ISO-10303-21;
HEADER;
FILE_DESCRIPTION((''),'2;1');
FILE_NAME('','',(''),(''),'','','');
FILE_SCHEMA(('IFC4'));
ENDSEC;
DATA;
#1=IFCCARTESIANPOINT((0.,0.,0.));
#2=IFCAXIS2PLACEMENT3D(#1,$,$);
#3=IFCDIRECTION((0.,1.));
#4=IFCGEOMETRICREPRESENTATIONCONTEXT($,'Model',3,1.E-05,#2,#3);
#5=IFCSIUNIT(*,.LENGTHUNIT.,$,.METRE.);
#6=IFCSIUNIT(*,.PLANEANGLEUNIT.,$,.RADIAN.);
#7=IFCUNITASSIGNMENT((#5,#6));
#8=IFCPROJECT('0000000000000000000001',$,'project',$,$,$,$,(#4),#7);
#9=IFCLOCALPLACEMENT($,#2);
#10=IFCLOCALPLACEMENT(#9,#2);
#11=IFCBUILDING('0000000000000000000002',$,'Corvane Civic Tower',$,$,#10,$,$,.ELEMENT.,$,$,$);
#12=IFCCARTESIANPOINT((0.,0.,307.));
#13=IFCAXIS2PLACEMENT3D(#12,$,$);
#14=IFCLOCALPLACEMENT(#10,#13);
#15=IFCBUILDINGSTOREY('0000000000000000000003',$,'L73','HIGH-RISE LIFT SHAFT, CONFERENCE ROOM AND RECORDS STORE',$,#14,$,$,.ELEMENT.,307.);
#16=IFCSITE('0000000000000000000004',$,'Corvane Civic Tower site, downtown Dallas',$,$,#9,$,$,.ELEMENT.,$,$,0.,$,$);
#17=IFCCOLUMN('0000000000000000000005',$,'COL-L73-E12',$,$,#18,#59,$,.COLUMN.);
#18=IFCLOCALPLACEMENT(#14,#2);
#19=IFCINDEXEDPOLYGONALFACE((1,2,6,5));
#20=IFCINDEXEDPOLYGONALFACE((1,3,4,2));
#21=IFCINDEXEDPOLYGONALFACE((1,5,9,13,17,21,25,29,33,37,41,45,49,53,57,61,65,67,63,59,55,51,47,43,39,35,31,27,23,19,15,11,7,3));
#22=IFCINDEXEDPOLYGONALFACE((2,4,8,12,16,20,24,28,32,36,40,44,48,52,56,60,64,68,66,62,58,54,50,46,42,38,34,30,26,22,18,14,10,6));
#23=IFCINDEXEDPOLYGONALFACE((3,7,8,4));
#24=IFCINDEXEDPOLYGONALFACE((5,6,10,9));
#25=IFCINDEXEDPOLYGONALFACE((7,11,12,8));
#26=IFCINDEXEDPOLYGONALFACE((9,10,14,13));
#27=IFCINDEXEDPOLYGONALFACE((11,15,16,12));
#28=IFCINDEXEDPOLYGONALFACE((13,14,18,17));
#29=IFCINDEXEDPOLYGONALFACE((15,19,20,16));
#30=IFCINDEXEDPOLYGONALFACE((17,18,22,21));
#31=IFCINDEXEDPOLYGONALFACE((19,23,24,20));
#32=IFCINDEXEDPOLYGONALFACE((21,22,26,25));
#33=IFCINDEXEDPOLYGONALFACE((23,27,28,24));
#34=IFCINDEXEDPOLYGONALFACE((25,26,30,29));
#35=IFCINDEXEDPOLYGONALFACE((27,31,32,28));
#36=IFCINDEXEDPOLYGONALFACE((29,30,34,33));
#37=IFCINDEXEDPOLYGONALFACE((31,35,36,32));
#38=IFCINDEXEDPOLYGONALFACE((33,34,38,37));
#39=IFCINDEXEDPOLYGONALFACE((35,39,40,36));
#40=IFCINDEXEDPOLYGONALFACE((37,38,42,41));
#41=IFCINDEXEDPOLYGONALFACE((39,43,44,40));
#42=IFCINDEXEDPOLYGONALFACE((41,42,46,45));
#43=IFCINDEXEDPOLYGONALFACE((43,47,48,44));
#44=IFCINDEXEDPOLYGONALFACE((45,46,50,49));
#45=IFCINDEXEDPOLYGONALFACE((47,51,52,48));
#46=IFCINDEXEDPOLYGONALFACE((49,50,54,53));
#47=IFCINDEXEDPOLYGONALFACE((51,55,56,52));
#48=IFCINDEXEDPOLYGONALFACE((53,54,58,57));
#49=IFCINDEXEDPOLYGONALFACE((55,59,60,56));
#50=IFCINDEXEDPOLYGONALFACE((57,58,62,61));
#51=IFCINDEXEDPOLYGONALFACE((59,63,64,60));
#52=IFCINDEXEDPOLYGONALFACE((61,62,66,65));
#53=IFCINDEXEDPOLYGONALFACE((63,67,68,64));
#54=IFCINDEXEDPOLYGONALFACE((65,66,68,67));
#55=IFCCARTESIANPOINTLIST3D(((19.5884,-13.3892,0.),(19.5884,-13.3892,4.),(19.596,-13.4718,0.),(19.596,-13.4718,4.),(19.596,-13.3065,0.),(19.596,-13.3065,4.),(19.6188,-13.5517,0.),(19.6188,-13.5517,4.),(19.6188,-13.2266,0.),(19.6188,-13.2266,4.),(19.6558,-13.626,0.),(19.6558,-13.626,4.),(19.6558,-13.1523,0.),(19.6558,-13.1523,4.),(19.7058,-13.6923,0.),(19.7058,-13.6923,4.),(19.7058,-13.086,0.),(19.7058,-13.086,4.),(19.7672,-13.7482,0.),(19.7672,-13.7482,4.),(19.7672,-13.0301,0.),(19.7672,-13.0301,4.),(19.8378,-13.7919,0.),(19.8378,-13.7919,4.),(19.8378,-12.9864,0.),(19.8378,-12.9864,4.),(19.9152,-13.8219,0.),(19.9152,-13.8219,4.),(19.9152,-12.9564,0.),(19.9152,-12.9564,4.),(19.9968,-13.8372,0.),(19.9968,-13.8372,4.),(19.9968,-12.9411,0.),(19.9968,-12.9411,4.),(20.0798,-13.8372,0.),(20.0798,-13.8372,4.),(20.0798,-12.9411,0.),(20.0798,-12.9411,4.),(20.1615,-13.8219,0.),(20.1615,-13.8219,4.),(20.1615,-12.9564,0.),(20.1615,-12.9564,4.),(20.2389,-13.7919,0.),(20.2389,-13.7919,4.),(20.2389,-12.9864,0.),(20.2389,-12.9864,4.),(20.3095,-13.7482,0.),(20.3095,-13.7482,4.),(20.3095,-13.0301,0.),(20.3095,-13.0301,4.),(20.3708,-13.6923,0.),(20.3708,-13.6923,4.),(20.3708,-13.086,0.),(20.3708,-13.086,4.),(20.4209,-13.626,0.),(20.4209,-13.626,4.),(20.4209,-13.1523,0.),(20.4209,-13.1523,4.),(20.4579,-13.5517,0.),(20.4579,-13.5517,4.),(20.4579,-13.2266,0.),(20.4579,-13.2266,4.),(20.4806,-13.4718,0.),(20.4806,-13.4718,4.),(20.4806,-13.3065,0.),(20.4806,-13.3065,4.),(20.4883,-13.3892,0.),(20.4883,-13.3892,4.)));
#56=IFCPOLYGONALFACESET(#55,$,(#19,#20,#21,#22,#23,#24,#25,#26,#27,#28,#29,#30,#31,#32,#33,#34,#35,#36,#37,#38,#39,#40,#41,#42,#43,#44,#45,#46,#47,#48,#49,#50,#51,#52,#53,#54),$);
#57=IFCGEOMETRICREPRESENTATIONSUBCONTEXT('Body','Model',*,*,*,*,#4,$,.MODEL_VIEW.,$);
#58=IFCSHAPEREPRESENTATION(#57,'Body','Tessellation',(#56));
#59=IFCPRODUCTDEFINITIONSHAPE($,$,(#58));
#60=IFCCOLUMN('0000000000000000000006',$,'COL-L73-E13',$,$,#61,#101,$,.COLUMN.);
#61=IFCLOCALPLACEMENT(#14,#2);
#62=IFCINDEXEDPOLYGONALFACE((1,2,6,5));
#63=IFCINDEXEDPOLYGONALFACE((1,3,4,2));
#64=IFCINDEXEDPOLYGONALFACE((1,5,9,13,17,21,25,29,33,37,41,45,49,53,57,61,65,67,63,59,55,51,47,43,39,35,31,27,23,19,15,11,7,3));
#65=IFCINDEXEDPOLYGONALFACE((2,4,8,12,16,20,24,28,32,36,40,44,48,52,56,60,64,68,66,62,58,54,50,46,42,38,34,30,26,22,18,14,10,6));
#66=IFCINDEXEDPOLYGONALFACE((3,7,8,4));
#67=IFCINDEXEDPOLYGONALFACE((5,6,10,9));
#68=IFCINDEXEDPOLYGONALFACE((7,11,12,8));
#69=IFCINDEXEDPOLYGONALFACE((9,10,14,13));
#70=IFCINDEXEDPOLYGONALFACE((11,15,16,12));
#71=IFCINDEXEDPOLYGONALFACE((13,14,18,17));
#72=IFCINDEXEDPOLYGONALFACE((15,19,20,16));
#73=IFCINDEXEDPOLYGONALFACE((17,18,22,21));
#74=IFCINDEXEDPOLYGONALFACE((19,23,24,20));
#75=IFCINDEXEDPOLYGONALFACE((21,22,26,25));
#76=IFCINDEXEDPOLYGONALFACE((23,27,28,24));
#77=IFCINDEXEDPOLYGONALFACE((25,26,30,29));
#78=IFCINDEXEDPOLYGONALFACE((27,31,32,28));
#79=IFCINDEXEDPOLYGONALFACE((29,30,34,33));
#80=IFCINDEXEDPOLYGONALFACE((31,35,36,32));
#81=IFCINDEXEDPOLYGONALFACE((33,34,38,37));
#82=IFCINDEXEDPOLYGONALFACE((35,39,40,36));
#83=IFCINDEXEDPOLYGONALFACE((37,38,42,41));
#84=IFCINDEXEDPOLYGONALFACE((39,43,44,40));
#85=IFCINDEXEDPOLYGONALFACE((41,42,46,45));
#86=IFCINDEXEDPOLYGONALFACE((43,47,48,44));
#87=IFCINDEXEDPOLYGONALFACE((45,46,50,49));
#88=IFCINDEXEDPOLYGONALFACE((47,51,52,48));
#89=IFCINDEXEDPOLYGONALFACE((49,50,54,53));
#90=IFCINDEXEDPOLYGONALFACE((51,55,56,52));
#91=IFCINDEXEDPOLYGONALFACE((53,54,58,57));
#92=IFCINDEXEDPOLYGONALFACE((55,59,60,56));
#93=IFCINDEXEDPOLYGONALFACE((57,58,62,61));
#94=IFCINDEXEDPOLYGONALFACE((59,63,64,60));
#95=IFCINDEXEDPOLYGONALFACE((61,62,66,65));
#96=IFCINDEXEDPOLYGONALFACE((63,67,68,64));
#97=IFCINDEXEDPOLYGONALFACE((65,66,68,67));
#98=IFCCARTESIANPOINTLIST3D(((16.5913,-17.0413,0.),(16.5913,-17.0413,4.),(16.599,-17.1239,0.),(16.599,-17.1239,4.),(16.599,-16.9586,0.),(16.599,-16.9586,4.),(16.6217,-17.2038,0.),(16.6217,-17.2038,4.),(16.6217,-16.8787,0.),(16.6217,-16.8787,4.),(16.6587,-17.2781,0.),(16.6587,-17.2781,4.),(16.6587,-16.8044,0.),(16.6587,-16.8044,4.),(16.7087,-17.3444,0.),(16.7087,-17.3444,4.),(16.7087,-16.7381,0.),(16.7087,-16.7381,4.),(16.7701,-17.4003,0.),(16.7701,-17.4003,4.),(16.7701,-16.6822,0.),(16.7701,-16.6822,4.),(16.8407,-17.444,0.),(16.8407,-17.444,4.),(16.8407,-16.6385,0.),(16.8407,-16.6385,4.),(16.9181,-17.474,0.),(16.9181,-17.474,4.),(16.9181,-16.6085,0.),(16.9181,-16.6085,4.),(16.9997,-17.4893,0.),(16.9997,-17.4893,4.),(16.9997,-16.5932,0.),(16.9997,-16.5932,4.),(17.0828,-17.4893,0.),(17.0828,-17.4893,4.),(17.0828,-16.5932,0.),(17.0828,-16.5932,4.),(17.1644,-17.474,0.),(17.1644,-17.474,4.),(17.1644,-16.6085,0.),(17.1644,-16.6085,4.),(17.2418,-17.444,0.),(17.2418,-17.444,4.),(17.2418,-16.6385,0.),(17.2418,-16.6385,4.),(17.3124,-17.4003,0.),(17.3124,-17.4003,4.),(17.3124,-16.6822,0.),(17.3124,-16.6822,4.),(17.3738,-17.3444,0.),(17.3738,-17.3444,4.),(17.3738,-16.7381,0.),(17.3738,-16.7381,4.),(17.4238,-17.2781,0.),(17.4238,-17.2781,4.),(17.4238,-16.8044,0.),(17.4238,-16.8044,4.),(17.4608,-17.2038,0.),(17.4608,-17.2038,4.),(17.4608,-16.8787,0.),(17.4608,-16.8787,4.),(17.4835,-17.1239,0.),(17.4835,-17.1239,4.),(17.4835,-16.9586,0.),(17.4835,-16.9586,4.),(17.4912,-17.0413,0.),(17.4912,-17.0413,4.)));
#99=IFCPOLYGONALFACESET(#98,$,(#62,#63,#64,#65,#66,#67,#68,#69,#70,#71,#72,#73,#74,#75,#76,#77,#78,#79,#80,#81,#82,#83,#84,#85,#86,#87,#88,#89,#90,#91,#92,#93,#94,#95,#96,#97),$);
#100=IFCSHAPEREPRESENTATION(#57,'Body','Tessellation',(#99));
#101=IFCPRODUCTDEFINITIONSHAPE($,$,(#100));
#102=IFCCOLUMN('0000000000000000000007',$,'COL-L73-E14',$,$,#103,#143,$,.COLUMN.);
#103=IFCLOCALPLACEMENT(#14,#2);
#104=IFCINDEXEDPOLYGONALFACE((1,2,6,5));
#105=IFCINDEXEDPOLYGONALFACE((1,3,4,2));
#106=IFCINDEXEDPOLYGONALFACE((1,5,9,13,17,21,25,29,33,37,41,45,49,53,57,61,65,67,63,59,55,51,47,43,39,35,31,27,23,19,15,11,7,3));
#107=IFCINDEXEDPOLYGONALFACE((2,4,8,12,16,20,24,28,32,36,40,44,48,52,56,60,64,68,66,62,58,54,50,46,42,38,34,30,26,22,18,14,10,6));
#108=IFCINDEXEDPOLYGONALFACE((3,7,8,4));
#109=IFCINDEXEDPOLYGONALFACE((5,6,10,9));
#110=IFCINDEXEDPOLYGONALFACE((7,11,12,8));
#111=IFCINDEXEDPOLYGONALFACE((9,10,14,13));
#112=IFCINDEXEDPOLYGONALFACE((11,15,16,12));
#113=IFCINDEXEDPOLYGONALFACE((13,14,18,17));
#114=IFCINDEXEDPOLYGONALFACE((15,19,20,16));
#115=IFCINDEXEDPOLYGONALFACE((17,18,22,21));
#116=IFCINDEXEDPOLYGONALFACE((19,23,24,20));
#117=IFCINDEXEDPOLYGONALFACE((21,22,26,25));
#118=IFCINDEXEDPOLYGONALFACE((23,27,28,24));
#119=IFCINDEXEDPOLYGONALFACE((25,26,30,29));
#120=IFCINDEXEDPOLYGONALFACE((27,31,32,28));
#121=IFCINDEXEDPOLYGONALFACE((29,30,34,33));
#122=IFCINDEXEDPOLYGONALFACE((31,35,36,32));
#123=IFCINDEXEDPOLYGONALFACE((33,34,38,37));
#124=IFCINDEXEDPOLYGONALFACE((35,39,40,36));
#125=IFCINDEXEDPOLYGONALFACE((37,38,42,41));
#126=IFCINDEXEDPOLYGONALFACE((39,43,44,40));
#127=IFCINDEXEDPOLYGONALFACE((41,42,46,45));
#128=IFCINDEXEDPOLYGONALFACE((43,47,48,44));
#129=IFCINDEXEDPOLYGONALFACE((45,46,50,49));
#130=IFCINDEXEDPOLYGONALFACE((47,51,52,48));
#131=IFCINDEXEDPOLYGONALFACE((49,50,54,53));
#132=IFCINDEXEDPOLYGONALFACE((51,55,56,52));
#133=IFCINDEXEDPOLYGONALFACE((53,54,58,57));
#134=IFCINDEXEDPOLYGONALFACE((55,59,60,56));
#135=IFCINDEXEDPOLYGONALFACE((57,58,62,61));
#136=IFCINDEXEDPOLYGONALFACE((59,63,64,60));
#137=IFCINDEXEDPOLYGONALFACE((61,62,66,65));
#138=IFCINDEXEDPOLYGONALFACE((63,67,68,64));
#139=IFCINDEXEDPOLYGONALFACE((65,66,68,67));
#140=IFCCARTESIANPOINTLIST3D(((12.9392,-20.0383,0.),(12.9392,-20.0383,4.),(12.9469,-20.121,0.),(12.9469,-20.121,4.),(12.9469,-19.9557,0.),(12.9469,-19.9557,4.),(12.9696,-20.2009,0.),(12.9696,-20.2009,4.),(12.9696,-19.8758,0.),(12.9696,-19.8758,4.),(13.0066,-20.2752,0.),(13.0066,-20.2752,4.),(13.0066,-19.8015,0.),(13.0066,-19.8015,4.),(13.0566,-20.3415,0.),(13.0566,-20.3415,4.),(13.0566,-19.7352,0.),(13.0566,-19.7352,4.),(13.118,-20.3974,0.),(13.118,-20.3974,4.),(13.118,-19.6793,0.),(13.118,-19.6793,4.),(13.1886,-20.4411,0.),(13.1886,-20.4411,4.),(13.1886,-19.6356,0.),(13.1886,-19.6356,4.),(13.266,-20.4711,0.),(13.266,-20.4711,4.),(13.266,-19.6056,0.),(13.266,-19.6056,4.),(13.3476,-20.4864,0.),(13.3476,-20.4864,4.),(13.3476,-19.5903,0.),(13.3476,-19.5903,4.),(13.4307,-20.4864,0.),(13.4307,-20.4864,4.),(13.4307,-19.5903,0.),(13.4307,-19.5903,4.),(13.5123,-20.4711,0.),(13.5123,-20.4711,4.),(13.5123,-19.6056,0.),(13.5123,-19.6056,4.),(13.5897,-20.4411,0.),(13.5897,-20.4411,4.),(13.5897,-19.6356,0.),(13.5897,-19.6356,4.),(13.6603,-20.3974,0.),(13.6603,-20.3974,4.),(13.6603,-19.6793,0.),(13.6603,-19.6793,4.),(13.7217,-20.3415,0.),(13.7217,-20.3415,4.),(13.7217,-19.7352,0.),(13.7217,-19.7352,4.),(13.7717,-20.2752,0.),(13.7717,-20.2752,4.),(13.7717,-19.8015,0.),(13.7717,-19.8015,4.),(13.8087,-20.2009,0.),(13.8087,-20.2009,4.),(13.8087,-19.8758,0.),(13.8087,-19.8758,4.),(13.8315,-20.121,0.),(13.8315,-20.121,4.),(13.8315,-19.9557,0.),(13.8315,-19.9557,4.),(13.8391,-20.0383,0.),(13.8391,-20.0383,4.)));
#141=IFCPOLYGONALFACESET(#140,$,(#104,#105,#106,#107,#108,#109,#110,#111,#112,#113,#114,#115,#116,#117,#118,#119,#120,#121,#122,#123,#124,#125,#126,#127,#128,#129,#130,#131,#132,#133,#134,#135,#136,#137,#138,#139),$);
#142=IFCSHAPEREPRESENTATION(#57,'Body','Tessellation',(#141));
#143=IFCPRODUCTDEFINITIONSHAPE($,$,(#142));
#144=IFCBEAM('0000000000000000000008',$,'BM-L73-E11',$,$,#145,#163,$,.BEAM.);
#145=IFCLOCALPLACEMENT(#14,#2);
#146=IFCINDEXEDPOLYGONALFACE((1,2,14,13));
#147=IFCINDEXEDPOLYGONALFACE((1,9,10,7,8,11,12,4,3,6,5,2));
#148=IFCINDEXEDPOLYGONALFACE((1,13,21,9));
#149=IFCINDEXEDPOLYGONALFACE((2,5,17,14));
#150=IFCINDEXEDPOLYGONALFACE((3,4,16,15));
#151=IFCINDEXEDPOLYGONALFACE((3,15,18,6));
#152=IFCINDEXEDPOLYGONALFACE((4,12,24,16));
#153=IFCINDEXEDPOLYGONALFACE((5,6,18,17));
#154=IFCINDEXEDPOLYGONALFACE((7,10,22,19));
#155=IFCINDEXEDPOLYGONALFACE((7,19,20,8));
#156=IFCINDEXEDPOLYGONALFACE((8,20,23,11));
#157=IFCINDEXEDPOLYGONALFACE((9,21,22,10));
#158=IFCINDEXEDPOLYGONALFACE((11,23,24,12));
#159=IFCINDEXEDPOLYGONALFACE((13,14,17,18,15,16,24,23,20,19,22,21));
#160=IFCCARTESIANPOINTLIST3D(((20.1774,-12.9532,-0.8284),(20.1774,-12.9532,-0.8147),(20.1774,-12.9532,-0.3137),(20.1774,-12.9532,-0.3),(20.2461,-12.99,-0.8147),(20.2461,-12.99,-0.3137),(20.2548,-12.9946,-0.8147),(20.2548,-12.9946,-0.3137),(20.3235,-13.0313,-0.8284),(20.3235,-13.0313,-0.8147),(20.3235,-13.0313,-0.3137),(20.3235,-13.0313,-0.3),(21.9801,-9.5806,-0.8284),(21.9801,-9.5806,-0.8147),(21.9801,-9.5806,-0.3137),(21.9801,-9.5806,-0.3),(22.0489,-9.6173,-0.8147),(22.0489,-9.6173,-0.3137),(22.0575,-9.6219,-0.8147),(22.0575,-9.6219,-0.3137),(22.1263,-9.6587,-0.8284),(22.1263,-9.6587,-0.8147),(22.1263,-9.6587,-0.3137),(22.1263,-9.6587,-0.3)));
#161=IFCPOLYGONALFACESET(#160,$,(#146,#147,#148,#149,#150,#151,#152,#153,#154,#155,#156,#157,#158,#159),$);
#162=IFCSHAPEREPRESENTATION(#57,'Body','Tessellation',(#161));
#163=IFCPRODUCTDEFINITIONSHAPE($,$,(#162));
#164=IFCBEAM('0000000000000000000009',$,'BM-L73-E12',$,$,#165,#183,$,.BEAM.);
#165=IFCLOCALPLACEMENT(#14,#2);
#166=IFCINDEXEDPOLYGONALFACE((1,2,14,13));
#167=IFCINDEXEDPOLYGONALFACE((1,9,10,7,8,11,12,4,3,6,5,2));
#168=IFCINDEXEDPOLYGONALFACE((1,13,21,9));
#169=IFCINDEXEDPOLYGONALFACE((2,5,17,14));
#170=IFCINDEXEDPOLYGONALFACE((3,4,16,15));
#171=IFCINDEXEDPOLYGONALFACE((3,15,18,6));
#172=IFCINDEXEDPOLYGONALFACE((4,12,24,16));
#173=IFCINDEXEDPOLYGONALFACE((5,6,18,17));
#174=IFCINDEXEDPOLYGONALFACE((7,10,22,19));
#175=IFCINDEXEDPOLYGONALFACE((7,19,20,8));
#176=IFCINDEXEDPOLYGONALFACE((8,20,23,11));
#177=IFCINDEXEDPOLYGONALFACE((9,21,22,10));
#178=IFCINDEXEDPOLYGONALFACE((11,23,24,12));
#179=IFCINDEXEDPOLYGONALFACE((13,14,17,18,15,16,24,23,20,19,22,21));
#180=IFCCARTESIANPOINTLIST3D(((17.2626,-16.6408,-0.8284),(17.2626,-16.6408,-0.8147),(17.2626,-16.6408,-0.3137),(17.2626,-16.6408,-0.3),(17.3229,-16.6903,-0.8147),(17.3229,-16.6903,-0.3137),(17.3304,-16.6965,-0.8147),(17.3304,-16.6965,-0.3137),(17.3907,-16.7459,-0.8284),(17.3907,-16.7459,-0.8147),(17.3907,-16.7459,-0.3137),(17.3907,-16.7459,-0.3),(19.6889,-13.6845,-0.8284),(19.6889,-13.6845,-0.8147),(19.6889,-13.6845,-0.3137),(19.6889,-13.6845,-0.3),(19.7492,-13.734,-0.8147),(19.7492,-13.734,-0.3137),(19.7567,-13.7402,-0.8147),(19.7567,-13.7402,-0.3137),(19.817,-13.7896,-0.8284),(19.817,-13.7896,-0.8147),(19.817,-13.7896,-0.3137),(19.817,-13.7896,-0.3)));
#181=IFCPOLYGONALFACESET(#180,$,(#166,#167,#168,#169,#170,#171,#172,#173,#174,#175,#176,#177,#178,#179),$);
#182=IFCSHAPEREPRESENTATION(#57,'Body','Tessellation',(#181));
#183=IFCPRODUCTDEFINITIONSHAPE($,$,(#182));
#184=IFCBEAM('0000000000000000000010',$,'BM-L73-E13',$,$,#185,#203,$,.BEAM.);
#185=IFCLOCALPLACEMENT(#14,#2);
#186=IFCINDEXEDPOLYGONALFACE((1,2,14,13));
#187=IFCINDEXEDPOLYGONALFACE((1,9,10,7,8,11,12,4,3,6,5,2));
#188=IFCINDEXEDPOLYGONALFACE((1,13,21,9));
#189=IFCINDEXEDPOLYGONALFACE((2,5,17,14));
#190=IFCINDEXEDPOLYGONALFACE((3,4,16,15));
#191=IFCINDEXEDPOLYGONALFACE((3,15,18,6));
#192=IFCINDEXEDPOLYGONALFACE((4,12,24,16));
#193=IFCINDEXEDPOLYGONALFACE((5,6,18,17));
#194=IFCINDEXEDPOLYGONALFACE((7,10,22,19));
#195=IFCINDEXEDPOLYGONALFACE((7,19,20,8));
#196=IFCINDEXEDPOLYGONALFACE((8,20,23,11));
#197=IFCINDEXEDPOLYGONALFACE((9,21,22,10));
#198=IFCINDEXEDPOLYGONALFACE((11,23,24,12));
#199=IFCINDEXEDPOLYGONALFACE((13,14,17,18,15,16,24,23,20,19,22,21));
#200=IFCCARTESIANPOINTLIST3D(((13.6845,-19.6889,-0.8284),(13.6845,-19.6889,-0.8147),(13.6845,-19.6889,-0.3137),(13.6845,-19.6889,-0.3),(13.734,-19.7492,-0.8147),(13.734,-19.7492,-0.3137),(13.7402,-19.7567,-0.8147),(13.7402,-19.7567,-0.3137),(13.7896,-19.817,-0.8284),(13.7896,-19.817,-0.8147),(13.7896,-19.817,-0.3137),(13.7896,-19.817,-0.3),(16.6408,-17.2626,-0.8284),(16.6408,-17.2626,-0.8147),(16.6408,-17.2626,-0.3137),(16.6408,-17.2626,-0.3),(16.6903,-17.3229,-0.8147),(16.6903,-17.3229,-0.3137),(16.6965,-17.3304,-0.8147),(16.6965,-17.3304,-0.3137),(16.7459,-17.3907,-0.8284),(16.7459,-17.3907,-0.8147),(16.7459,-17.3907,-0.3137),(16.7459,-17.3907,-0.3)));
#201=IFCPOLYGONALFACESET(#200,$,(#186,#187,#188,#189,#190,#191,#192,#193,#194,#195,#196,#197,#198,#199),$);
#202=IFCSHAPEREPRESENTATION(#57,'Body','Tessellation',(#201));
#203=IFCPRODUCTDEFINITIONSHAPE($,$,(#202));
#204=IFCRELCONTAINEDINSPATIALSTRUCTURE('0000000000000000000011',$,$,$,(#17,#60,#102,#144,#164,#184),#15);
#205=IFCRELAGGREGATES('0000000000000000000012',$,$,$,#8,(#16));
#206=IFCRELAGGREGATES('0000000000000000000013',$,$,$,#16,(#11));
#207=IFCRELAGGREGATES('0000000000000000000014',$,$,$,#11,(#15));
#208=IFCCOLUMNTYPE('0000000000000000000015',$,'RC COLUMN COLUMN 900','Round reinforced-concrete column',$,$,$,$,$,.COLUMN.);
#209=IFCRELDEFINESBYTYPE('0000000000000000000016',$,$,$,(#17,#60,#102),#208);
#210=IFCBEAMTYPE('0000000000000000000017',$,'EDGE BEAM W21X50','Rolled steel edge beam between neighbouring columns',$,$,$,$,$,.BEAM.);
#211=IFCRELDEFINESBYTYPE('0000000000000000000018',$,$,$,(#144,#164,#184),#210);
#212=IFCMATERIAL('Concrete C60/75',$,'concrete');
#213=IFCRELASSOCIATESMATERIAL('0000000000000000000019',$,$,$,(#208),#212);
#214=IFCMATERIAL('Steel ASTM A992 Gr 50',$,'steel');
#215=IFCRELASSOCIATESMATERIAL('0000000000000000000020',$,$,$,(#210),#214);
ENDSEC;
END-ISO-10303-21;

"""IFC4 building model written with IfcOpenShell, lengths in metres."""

from ifc_helpers import new_model, si_unit, direction, frame, origin, origin_2d, place, context, subcontext, project, spatial, circle, i_section, extrude, material, material_profile, profile_set, type_object, element, save


model = new_model("IFC4")

# Units and contexts
model_context = context("Model", 3, precision=1e-05, world=origin(), true_north=direction((0.0, 1.0)))
body_context = subcontext(model_context, "Body", "Model", "MODEL_VIEW")
ifc_project = project(units=[si_unit("LENGTHUNIT", "METRE"), si_unit("PLANEANGLEUNIT", "RADIAN")], contexts=[model_context])

# Site, building, storey
site_placement = place(None, origin())
site = spatial("IfcSite", under=ifc_project, at=site_placement, Name="Corvane Civic Tower site, downtown Dallas", CompositionType="ELEMENT", RefElevation=0.0)
building_placement = place(site_placement, origin())
building = spatial("IfcBuilding", under=site, at=building_placement, Name="Corvane Civic Tower", CompositionType="ELEMENT")
storey_placement = place(building_placement, frame((0.0, 0.0, 307.0)))
storey = spatial("IfcBuildingStorey", under=building, at=storey_placement, Name="L73", Description="HIGH-RISE LIFT SHAFT, CONFERENCE ROOM AND RECORDS STORE", CompositionType="ELEMENT", Elevation=307.0)

# Columns
ifc_material_1 = material(Name="Concrete C60/75", Category="concrete")
ifc_material_profile_1 = material_profile(ifc_material_1, circle(Radius=0.45, at=origin_2d()), Name="COLUMN 900")
ifc_profile_set_1 = profile_set([ifc_material_profile_1], Name="Concrete C60/75")
column_type = type_object("IfcColumnType", Name="RC COLUMN COLUMN 900", Description="Round reinforced-concrete column", PredefinedType="COLUMN", material=ifc_profile_set_1)
for number, where, z_axis, x_axis, name in (
    (1, (20.0383, -13.3892, 0.0), (0.0, 0.0, 1.0), (1.0, 0.0, 0.0), "COL-L73-E12"),
    (2, (17.0413, -17.0413, 0.0), (0.0, 0.0, 1.0), (1.0, 0.0, 0.0), "COL-L73-E13"),
    (3, (13.3892, -20.0383, 0.0), (0.0, 0.0, 1.0), (1.0, 0.0, 0.0), "COL-L73-E14"),
):
    element("IfcColumn", number, at=place(storey_placement, frame(where, z_axis=z_axis, x_axis=x_axis)), inside=storey, type_object=column_type, Name=name, PredefinedType="COLUMN", context=body_context, shape_type="SweptSolid", body=[
        extrude(circle(Radius=0.45, at=origin_2d()), origin(), (0.0, 0.0, 1.0), 4.0),
    ])

# Beams
ifc_material_2 = material(Name="Steel ASTM A992 Gr 50", Category="steel")
ifc_material_profile_2 = material_profile(ifc_material_2, i_section(OverallWidth=0.1658, OverallDepth=0.5283, WebThickness=0.0098, FlangeThickness=0.0137, at=origin_2d()), Name="W21X50")
ifc_profile_set_2 = profile_set([ifc_material_profile_2], Name="Steel ASTM A992 Gr 50")
beam_type = type_object("IfcBeamType", Name="EDGE BEAM W21X50", Description="Rolled steel edge beam between neighbouring columns", PredefinedType="BEAM", material=ifc_profile_set_2)
beam_1_placement = place(storey_placement, frame((22.0532, -9.6196, -0.5642), z_axis=(-0.47141, -0.881914, 0.0), x_axis=(0.881914, -0.47141, 0.0)))
element("IfcBeam", 4, at=beam_1_placement, inside=storey, type_object=beam_type, Name="BM-L73-E11", PredefinedType="BEAM", context=body_context, shape_type="SweptSolid", body=[
    extrude(i_section(OverallWidth=0.1658, OverallDepth=0.5283, WebThickness=0.0098, FlangeThickness=0.0137, at=origin_2d()), origin(), (0.0, 0.0, 1.0), 3.8242),
])
for number, where, z_axis, x_axis, name in (
    (5, (19.7529, -13.7371, -0.5642), (-0.634409, -0.772998, 0.0), (0.772998, -0.634409, 0.0), "BM-L73-E12"),
    (6, (16.6934, -17.3267, -0.5642), (-0.772998, -0.634409, 0.0), (0.634409, -0.772998, 0.0), "BM-L73-E13"),
):
    element("IfcBeam", number, at=place(storey_placement, frame(where, z_axis=z_axis, x_axis=x_axis)), inside=storey, type_object=beam_type, Name=name, PredefinedType="BEAM", context=body_context, shape_type="SweptSolid", body=[
        extrude(i_section(OverallWidth=0.1658, OverallDepth=0.5283, WebThickness=0.0098, FlangeThickness=0.0137, at=origin_2d()), origin(), (0.0, 0.0, 1.0), 3.8245),
    ])

save(model, "model.ifc")
